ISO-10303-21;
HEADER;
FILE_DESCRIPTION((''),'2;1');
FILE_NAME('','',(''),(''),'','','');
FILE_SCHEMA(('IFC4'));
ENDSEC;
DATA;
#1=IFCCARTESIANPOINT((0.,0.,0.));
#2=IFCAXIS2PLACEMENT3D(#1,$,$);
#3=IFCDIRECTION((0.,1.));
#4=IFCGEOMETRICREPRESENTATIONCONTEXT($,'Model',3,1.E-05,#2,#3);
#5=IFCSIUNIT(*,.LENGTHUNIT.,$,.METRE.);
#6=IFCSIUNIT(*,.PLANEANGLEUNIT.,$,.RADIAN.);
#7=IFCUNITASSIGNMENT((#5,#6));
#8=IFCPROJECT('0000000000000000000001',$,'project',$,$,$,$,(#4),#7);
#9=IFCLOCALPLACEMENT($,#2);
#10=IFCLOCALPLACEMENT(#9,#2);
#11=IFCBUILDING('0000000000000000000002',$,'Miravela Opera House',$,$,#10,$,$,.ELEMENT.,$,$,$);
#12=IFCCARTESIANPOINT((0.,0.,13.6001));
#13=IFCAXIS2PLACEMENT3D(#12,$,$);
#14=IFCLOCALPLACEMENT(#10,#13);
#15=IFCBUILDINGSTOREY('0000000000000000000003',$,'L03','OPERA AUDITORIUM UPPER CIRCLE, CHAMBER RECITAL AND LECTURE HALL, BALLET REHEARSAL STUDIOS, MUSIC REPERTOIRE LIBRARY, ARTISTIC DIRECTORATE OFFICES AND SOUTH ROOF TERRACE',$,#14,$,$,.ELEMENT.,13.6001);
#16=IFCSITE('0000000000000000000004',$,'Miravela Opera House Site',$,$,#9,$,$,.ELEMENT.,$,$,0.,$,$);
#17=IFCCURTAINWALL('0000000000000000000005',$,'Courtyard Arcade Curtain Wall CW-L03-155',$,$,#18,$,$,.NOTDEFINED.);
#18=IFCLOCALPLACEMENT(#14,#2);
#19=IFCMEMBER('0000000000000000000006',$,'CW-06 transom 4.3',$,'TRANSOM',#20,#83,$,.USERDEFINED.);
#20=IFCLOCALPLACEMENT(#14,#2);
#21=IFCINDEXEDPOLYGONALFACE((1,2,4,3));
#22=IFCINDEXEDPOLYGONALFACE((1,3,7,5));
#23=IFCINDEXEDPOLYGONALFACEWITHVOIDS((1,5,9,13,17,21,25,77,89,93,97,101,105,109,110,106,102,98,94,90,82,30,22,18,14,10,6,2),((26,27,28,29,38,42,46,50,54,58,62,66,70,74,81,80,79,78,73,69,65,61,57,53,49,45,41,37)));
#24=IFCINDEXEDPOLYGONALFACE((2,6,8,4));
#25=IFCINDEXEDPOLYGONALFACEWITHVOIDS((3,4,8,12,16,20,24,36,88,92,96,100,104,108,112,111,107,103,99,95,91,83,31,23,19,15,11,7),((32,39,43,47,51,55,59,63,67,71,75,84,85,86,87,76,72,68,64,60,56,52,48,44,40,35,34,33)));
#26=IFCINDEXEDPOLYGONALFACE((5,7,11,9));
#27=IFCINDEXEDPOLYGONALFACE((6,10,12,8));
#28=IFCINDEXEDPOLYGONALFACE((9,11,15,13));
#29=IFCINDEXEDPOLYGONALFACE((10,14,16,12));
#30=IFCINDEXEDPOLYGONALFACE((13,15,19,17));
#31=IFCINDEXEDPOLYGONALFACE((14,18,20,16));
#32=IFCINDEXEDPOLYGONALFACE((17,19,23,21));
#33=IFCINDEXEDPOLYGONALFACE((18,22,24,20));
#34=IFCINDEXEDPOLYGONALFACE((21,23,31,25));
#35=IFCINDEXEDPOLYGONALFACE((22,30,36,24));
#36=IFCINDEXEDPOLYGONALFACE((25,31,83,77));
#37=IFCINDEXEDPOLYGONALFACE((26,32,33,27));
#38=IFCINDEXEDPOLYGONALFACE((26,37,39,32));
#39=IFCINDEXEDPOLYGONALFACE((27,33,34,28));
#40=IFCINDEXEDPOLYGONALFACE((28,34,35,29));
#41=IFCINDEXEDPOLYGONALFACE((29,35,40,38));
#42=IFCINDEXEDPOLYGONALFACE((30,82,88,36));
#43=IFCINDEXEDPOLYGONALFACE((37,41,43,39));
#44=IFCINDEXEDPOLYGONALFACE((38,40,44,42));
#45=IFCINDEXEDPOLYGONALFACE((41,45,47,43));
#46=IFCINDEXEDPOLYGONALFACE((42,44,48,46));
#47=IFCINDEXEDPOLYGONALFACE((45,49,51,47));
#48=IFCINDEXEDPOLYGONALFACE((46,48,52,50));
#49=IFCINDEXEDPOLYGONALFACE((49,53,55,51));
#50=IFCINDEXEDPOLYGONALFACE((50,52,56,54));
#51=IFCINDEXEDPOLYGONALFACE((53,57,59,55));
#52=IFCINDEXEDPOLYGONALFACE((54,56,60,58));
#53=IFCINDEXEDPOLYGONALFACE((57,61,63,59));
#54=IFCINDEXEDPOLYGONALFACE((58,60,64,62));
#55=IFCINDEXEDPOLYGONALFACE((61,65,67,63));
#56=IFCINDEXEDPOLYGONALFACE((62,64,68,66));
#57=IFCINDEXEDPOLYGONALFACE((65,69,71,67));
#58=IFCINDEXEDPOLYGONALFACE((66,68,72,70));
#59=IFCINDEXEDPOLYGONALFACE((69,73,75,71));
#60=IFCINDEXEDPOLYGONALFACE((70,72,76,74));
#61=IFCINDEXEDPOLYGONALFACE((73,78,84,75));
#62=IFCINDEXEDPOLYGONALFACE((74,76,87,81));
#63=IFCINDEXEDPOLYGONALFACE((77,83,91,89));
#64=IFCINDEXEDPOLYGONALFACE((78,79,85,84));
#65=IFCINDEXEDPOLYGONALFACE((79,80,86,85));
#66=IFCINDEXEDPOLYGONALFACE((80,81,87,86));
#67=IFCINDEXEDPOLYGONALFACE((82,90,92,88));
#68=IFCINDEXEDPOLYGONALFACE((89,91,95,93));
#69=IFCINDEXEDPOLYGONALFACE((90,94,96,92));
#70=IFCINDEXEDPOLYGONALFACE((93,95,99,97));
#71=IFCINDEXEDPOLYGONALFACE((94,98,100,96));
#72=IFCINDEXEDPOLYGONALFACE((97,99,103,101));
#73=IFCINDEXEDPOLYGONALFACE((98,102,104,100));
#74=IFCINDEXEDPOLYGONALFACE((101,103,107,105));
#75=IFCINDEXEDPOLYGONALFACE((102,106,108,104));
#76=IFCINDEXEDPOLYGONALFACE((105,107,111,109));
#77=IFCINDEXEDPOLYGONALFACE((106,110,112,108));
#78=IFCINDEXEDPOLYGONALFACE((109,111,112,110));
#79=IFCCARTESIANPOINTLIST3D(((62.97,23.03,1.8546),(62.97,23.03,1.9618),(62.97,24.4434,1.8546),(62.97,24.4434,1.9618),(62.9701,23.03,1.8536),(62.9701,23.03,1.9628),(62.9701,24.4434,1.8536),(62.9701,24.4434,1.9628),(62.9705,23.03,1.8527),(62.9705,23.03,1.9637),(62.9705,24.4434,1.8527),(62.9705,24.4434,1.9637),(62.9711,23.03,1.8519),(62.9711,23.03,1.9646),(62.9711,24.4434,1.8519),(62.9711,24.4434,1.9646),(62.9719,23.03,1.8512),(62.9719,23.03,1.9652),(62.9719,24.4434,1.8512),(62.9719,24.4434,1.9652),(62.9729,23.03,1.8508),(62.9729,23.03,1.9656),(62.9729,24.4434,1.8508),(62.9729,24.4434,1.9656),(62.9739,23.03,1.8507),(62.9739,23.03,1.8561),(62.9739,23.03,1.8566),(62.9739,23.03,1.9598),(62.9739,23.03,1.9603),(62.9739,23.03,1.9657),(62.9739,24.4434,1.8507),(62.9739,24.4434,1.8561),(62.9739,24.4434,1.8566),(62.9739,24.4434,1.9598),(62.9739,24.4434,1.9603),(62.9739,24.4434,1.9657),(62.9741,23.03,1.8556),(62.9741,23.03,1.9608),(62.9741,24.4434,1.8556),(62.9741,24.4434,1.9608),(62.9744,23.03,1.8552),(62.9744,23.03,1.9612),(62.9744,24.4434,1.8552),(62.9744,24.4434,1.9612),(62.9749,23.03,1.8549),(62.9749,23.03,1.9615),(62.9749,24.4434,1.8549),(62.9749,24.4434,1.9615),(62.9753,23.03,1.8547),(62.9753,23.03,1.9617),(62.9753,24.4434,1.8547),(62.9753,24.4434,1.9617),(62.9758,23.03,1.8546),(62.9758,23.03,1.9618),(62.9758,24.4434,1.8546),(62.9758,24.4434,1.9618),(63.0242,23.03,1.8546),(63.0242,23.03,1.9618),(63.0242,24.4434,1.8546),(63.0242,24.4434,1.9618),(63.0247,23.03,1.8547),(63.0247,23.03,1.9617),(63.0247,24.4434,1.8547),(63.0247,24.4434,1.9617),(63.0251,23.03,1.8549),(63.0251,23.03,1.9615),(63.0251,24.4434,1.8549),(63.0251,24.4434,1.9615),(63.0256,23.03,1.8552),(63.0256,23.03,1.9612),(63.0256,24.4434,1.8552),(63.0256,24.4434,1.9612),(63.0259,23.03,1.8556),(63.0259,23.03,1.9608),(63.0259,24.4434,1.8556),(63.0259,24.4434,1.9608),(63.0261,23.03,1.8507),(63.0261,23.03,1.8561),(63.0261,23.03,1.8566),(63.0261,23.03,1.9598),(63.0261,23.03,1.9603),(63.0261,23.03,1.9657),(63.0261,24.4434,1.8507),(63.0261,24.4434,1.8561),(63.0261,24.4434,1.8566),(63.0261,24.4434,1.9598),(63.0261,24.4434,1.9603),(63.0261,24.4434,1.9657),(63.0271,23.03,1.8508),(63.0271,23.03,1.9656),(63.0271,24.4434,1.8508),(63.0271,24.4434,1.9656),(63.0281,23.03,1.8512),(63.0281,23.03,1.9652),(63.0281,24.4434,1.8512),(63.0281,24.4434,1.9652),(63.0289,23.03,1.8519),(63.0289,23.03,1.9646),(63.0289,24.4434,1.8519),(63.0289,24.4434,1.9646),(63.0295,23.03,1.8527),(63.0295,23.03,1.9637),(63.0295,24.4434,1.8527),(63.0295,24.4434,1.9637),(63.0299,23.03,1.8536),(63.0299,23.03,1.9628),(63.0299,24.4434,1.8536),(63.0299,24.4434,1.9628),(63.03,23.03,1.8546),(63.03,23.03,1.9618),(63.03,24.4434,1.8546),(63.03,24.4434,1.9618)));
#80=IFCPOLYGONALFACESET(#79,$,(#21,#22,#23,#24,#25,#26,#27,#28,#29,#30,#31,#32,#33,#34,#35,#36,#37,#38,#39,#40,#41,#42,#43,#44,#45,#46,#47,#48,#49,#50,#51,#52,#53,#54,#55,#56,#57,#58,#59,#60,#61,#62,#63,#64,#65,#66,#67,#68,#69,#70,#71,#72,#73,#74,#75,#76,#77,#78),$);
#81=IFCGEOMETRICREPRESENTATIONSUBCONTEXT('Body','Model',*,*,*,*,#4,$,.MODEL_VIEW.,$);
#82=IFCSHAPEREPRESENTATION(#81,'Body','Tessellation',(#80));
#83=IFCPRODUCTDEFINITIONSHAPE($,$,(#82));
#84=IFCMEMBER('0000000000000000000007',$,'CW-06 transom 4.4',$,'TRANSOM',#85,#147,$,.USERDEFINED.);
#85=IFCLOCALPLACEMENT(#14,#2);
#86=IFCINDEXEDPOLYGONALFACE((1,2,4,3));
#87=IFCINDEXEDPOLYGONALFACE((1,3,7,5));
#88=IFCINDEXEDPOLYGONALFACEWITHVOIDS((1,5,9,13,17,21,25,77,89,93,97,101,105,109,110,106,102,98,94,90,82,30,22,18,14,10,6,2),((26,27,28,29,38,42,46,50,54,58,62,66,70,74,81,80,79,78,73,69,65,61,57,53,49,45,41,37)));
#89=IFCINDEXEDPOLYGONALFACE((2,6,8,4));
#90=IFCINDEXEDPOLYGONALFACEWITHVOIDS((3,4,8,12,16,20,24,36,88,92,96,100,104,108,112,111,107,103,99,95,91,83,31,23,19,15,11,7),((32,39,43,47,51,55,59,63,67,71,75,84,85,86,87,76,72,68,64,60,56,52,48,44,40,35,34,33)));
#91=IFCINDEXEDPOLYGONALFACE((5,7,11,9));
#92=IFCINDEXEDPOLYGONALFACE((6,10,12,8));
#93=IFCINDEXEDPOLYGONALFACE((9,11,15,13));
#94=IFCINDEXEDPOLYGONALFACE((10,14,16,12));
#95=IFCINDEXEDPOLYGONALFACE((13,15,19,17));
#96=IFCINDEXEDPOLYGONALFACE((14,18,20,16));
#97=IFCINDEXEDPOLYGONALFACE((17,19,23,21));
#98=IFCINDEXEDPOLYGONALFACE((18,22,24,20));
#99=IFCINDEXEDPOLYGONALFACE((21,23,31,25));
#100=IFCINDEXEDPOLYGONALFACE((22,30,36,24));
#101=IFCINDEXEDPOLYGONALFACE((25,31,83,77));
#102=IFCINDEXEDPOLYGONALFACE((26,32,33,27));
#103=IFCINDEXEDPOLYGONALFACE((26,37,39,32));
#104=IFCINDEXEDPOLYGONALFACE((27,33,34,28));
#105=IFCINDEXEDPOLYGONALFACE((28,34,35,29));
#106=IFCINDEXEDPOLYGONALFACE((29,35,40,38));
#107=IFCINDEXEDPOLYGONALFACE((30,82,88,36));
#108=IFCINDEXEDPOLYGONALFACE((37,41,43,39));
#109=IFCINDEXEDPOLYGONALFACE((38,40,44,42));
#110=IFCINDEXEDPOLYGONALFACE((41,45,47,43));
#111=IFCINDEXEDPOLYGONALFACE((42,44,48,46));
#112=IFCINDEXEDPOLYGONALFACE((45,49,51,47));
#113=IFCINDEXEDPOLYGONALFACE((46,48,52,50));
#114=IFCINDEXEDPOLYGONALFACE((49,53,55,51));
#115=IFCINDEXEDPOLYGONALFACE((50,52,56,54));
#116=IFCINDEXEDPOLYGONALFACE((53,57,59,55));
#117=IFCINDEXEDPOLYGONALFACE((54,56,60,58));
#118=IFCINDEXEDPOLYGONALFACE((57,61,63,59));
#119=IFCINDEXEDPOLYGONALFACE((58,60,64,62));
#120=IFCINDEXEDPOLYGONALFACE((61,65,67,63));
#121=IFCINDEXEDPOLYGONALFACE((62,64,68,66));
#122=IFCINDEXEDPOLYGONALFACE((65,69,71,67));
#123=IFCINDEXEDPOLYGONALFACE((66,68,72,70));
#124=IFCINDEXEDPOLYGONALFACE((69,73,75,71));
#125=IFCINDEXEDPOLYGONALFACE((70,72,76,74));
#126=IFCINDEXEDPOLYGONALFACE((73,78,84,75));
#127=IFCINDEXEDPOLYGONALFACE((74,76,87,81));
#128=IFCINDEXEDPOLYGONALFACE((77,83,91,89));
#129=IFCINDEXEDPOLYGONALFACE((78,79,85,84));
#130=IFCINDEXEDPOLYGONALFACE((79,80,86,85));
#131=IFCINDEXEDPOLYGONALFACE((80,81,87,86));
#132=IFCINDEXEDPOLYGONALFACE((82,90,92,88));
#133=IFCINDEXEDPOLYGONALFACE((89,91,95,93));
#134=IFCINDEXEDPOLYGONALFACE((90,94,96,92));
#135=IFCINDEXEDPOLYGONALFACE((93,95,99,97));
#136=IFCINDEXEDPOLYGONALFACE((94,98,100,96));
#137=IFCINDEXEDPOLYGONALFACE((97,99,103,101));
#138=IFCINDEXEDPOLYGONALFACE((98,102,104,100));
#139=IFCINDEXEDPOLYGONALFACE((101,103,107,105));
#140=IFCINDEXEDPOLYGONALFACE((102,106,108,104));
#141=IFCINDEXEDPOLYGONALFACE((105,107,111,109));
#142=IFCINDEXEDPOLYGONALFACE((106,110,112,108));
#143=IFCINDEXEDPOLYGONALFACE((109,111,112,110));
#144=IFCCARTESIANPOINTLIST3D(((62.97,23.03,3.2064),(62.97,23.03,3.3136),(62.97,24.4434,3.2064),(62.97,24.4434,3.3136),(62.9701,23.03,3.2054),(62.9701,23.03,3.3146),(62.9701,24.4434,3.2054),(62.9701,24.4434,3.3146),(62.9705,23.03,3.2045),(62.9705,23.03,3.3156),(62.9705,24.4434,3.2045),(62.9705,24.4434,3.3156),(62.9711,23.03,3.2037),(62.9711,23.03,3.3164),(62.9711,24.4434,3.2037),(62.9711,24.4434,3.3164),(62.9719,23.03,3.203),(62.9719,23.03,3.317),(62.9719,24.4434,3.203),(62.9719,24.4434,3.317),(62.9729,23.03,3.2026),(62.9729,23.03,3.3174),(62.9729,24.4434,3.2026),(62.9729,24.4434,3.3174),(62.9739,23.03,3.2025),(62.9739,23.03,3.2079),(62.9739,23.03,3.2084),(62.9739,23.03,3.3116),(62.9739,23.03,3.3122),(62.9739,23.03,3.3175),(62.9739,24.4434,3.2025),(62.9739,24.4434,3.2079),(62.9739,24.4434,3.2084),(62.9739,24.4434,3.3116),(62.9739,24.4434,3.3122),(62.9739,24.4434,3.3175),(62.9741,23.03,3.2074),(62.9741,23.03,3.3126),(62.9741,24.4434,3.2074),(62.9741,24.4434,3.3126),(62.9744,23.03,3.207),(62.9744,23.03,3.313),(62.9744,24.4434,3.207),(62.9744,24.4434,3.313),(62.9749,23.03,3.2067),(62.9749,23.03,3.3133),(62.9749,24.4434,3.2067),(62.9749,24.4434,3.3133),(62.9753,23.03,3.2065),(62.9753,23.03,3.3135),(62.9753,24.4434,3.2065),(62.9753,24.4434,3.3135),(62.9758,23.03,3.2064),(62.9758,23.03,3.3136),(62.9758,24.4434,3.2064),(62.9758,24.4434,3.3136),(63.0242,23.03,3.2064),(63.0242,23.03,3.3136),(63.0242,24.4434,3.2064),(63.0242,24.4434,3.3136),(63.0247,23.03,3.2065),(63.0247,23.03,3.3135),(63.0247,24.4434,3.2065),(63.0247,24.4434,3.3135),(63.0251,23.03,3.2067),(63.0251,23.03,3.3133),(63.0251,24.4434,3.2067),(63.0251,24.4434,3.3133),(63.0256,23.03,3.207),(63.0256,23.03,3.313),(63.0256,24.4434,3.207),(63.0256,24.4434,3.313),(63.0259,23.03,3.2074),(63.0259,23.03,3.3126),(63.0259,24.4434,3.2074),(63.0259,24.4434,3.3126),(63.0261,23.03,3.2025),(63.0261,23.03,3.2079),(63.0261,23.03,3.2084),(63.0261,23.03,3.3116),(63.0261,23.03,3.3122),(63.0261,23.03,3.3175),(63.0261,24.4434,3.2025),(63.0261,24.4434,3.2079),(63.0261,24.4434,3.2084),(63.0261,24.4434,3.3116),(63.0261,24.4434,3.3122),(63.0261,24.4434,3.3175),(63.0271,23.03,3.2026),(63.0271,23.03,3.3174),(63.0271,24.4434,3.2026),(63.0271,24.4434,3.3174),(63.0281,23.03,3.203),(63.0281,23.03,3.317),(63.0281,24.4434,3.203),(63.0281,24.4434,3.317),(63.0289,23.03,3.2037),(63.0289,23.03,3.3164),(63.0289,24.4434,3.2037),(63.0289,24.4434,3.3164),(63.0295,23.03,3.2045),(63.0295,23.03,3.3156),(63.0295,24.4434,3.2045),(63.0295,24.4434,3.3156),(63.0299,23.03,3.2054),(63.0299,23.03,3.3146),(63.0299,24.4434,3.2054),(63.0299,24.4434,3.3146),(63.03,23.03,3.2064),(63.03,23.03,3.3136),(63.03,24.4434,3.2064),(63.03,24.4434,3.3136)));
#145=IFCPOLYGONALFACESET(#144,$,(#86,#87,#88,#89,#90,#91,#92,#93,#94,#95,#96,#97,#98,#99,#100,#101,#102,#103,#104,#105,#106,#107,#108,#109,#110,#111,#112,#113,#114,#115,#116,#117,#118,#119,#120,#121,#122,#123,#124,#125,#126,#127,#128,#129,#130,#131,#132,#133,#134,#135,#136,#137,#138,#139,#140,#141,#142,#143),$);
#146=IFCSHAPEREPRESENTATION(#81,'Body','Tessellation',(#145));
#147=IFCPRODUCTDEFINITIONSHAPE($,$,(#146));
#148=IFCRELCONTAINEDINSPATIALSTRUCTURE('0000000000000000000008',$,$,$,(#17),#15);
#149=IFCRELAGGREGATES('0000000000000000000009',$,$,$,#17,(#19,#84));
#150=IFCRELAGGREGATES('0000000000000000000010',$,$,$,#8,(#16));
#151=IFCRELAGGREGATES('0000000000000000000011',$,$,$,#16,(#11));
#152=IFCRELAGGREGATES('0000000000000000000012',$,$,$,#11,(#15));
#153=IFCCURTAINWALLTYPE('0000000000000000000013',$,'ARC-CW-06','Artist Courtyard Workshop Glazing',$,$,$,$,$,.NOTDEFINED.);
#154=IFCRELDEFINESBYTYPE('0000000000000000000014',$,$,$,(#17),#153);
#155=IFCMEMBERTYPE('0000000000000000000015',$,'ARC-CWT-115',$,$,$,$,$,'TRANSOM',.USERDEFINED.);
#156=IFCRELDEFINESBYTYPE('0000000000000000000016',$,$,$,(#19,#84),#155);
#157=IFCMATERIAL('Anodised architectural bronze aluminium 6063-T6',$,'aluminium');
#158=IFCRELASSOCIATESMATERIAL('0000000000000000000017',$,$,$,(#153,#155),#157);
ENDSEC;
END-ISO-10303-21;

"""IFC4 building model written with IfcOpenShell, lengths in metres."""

from ifc_helpers import new_model, si_unit, direction, frame, origin, origin_2d, place, context, subcontext, project, spatial, hollow_rectangle, extrude, material, material_profile, profile_set, type_object, element, aggregate, save


model = new_model("IFC4")

# Units and contexts
model_context = context("Model", 3, precision=1e-05, world=origin(), true_north=direction((0.0, 1.0)))
body_context = subcontext(model_context, "Body", "Model", "MODEL_VIEW")
ifc_project = project(units=[si_unit("LENGTHUNIT", "METRE"), si_unit("PLANEANGLEUNIT", "RADIAN")], contexts=[model_context])

# Site, building, storey
site_placement = place(None, origin())
site = spatial("IfcSite", under=ifc_project, at=site_placement, Name="Miravela Opera House Site", CompositionType="ELEMENT", RefElevation=0.0)
building_placement = place(site_placement, origin())
building = spatial("IfcBuilding", under=site, at=building_placement, Name="Miravela Opera House", CompositionType="ELEMENT")
storey_placement = place(building_placement, frame((0.0, 0.0, 13.6001)))
storey = spatial("IfcBuildingStorey", under=building, at=storey_placement, Name="L03", Description="OPERA AUDITORIUM UPPER CIRCLE, CHAMBER RECITAL AND LECTURE HALL, BALLET REHEARSAL STUDIOS, MUSIC REPERTOIRE LIBRARY, ARTISTIC DIRECTORATE OFFICES AND SOUTH ROOF TERRACE", CompositionType="ELEMENT", Elevation=13.6001)

# Curtain wall, members
ifc_material_1 = material(Name="Anodised architectural bronze aluminium 6063-T6", Category="aluminium")
curtain_wall_type = type_object("IfcCurtainWallType", Name="ARC-CW-06", Description="Artist Courtyard Workshop Glazing", PredefinedType="NOTDEFINED", material=ifc_material_1)
curtain_wall_placement = place(storey_placement, origin())
curtain_wall = element("IfcCurtainWall", 1, at=curtain_wall_placement, inside=storey, type_object=curtain_wall_type, Name="Courtyard Arcade Curtain Wall CW-L03-155", PredefinedType="NOTDEFINED")
ifc_material_profile_1 = material_profile(ifc_material_1, hollow_rectangle(XDim=0.0601, YDim=0.115, WallThickness=0.0039, InnerFilletRadius=0.002, OuterFilletRadius=0.0039, at=origin_2d()), Name="CWT-60X115")
ifc_profile_set_1 = profile_set([ifc_material_profile_1])
member_type_1 = type_object("IfcMemberType", Name="ARC-CWT-115", ElementType="TRANSOM", PredefinedType="USERDEFINED", material=ifc_profile_set_1)
member_1_placement = place(storey_placement, frame((63.0, 23.03, 1.9082), z_axis=(0.0, 1.0, 0.0), x_axis=(-1.0, 0.0, 0.0)))
member_1 = element("IfcMember", 2, at=member_1_placement, type_object=member_type_1, Name="CW-06 transom 4.3", ObjectType="TRANSOM", PredefinedType="USERDEFINED", context=body_context, shape_type="SweptSolid", body=[
    extrude(hollow_rectangle(XDim=0.0601, YDim=0.115, WallThickness=0.0039, InnerFilletRadius=0.002, OuterFilletRadius=0.0039, at=origin_2d()), origin(), (0.0, 0.0, 1.0), 1.4133),
])
member_2_placement = place(storey_placement, frame((63.0, 23.03, 3.26), z_axis=(0.0, 1.0, 0.0), x_axis=(-1.0, 0.0, 0.0)))
member_2 = element("IfcMember", 3, at=member_2_placement, type_object=member_type_1, Name="CW-06 transom 4.4", ObjectType="TRANSOM", PredefinedType="USERDEFINED", context=body_context, shape_type="SweptSolid", body=[
    extrude(hollow_rectangle(XDim=0.0601, YDim=0.115, WallThickness=0.0039, InnerFilletRadius=0.002, OuterFilletRadius=0.0039, at=origin_2d()), origin(), (0.0, 0.0, 1.0), 1.4133),
])
aggregate(curtain_wall, [member_1, member_2])

save(model, "model.ifc")
